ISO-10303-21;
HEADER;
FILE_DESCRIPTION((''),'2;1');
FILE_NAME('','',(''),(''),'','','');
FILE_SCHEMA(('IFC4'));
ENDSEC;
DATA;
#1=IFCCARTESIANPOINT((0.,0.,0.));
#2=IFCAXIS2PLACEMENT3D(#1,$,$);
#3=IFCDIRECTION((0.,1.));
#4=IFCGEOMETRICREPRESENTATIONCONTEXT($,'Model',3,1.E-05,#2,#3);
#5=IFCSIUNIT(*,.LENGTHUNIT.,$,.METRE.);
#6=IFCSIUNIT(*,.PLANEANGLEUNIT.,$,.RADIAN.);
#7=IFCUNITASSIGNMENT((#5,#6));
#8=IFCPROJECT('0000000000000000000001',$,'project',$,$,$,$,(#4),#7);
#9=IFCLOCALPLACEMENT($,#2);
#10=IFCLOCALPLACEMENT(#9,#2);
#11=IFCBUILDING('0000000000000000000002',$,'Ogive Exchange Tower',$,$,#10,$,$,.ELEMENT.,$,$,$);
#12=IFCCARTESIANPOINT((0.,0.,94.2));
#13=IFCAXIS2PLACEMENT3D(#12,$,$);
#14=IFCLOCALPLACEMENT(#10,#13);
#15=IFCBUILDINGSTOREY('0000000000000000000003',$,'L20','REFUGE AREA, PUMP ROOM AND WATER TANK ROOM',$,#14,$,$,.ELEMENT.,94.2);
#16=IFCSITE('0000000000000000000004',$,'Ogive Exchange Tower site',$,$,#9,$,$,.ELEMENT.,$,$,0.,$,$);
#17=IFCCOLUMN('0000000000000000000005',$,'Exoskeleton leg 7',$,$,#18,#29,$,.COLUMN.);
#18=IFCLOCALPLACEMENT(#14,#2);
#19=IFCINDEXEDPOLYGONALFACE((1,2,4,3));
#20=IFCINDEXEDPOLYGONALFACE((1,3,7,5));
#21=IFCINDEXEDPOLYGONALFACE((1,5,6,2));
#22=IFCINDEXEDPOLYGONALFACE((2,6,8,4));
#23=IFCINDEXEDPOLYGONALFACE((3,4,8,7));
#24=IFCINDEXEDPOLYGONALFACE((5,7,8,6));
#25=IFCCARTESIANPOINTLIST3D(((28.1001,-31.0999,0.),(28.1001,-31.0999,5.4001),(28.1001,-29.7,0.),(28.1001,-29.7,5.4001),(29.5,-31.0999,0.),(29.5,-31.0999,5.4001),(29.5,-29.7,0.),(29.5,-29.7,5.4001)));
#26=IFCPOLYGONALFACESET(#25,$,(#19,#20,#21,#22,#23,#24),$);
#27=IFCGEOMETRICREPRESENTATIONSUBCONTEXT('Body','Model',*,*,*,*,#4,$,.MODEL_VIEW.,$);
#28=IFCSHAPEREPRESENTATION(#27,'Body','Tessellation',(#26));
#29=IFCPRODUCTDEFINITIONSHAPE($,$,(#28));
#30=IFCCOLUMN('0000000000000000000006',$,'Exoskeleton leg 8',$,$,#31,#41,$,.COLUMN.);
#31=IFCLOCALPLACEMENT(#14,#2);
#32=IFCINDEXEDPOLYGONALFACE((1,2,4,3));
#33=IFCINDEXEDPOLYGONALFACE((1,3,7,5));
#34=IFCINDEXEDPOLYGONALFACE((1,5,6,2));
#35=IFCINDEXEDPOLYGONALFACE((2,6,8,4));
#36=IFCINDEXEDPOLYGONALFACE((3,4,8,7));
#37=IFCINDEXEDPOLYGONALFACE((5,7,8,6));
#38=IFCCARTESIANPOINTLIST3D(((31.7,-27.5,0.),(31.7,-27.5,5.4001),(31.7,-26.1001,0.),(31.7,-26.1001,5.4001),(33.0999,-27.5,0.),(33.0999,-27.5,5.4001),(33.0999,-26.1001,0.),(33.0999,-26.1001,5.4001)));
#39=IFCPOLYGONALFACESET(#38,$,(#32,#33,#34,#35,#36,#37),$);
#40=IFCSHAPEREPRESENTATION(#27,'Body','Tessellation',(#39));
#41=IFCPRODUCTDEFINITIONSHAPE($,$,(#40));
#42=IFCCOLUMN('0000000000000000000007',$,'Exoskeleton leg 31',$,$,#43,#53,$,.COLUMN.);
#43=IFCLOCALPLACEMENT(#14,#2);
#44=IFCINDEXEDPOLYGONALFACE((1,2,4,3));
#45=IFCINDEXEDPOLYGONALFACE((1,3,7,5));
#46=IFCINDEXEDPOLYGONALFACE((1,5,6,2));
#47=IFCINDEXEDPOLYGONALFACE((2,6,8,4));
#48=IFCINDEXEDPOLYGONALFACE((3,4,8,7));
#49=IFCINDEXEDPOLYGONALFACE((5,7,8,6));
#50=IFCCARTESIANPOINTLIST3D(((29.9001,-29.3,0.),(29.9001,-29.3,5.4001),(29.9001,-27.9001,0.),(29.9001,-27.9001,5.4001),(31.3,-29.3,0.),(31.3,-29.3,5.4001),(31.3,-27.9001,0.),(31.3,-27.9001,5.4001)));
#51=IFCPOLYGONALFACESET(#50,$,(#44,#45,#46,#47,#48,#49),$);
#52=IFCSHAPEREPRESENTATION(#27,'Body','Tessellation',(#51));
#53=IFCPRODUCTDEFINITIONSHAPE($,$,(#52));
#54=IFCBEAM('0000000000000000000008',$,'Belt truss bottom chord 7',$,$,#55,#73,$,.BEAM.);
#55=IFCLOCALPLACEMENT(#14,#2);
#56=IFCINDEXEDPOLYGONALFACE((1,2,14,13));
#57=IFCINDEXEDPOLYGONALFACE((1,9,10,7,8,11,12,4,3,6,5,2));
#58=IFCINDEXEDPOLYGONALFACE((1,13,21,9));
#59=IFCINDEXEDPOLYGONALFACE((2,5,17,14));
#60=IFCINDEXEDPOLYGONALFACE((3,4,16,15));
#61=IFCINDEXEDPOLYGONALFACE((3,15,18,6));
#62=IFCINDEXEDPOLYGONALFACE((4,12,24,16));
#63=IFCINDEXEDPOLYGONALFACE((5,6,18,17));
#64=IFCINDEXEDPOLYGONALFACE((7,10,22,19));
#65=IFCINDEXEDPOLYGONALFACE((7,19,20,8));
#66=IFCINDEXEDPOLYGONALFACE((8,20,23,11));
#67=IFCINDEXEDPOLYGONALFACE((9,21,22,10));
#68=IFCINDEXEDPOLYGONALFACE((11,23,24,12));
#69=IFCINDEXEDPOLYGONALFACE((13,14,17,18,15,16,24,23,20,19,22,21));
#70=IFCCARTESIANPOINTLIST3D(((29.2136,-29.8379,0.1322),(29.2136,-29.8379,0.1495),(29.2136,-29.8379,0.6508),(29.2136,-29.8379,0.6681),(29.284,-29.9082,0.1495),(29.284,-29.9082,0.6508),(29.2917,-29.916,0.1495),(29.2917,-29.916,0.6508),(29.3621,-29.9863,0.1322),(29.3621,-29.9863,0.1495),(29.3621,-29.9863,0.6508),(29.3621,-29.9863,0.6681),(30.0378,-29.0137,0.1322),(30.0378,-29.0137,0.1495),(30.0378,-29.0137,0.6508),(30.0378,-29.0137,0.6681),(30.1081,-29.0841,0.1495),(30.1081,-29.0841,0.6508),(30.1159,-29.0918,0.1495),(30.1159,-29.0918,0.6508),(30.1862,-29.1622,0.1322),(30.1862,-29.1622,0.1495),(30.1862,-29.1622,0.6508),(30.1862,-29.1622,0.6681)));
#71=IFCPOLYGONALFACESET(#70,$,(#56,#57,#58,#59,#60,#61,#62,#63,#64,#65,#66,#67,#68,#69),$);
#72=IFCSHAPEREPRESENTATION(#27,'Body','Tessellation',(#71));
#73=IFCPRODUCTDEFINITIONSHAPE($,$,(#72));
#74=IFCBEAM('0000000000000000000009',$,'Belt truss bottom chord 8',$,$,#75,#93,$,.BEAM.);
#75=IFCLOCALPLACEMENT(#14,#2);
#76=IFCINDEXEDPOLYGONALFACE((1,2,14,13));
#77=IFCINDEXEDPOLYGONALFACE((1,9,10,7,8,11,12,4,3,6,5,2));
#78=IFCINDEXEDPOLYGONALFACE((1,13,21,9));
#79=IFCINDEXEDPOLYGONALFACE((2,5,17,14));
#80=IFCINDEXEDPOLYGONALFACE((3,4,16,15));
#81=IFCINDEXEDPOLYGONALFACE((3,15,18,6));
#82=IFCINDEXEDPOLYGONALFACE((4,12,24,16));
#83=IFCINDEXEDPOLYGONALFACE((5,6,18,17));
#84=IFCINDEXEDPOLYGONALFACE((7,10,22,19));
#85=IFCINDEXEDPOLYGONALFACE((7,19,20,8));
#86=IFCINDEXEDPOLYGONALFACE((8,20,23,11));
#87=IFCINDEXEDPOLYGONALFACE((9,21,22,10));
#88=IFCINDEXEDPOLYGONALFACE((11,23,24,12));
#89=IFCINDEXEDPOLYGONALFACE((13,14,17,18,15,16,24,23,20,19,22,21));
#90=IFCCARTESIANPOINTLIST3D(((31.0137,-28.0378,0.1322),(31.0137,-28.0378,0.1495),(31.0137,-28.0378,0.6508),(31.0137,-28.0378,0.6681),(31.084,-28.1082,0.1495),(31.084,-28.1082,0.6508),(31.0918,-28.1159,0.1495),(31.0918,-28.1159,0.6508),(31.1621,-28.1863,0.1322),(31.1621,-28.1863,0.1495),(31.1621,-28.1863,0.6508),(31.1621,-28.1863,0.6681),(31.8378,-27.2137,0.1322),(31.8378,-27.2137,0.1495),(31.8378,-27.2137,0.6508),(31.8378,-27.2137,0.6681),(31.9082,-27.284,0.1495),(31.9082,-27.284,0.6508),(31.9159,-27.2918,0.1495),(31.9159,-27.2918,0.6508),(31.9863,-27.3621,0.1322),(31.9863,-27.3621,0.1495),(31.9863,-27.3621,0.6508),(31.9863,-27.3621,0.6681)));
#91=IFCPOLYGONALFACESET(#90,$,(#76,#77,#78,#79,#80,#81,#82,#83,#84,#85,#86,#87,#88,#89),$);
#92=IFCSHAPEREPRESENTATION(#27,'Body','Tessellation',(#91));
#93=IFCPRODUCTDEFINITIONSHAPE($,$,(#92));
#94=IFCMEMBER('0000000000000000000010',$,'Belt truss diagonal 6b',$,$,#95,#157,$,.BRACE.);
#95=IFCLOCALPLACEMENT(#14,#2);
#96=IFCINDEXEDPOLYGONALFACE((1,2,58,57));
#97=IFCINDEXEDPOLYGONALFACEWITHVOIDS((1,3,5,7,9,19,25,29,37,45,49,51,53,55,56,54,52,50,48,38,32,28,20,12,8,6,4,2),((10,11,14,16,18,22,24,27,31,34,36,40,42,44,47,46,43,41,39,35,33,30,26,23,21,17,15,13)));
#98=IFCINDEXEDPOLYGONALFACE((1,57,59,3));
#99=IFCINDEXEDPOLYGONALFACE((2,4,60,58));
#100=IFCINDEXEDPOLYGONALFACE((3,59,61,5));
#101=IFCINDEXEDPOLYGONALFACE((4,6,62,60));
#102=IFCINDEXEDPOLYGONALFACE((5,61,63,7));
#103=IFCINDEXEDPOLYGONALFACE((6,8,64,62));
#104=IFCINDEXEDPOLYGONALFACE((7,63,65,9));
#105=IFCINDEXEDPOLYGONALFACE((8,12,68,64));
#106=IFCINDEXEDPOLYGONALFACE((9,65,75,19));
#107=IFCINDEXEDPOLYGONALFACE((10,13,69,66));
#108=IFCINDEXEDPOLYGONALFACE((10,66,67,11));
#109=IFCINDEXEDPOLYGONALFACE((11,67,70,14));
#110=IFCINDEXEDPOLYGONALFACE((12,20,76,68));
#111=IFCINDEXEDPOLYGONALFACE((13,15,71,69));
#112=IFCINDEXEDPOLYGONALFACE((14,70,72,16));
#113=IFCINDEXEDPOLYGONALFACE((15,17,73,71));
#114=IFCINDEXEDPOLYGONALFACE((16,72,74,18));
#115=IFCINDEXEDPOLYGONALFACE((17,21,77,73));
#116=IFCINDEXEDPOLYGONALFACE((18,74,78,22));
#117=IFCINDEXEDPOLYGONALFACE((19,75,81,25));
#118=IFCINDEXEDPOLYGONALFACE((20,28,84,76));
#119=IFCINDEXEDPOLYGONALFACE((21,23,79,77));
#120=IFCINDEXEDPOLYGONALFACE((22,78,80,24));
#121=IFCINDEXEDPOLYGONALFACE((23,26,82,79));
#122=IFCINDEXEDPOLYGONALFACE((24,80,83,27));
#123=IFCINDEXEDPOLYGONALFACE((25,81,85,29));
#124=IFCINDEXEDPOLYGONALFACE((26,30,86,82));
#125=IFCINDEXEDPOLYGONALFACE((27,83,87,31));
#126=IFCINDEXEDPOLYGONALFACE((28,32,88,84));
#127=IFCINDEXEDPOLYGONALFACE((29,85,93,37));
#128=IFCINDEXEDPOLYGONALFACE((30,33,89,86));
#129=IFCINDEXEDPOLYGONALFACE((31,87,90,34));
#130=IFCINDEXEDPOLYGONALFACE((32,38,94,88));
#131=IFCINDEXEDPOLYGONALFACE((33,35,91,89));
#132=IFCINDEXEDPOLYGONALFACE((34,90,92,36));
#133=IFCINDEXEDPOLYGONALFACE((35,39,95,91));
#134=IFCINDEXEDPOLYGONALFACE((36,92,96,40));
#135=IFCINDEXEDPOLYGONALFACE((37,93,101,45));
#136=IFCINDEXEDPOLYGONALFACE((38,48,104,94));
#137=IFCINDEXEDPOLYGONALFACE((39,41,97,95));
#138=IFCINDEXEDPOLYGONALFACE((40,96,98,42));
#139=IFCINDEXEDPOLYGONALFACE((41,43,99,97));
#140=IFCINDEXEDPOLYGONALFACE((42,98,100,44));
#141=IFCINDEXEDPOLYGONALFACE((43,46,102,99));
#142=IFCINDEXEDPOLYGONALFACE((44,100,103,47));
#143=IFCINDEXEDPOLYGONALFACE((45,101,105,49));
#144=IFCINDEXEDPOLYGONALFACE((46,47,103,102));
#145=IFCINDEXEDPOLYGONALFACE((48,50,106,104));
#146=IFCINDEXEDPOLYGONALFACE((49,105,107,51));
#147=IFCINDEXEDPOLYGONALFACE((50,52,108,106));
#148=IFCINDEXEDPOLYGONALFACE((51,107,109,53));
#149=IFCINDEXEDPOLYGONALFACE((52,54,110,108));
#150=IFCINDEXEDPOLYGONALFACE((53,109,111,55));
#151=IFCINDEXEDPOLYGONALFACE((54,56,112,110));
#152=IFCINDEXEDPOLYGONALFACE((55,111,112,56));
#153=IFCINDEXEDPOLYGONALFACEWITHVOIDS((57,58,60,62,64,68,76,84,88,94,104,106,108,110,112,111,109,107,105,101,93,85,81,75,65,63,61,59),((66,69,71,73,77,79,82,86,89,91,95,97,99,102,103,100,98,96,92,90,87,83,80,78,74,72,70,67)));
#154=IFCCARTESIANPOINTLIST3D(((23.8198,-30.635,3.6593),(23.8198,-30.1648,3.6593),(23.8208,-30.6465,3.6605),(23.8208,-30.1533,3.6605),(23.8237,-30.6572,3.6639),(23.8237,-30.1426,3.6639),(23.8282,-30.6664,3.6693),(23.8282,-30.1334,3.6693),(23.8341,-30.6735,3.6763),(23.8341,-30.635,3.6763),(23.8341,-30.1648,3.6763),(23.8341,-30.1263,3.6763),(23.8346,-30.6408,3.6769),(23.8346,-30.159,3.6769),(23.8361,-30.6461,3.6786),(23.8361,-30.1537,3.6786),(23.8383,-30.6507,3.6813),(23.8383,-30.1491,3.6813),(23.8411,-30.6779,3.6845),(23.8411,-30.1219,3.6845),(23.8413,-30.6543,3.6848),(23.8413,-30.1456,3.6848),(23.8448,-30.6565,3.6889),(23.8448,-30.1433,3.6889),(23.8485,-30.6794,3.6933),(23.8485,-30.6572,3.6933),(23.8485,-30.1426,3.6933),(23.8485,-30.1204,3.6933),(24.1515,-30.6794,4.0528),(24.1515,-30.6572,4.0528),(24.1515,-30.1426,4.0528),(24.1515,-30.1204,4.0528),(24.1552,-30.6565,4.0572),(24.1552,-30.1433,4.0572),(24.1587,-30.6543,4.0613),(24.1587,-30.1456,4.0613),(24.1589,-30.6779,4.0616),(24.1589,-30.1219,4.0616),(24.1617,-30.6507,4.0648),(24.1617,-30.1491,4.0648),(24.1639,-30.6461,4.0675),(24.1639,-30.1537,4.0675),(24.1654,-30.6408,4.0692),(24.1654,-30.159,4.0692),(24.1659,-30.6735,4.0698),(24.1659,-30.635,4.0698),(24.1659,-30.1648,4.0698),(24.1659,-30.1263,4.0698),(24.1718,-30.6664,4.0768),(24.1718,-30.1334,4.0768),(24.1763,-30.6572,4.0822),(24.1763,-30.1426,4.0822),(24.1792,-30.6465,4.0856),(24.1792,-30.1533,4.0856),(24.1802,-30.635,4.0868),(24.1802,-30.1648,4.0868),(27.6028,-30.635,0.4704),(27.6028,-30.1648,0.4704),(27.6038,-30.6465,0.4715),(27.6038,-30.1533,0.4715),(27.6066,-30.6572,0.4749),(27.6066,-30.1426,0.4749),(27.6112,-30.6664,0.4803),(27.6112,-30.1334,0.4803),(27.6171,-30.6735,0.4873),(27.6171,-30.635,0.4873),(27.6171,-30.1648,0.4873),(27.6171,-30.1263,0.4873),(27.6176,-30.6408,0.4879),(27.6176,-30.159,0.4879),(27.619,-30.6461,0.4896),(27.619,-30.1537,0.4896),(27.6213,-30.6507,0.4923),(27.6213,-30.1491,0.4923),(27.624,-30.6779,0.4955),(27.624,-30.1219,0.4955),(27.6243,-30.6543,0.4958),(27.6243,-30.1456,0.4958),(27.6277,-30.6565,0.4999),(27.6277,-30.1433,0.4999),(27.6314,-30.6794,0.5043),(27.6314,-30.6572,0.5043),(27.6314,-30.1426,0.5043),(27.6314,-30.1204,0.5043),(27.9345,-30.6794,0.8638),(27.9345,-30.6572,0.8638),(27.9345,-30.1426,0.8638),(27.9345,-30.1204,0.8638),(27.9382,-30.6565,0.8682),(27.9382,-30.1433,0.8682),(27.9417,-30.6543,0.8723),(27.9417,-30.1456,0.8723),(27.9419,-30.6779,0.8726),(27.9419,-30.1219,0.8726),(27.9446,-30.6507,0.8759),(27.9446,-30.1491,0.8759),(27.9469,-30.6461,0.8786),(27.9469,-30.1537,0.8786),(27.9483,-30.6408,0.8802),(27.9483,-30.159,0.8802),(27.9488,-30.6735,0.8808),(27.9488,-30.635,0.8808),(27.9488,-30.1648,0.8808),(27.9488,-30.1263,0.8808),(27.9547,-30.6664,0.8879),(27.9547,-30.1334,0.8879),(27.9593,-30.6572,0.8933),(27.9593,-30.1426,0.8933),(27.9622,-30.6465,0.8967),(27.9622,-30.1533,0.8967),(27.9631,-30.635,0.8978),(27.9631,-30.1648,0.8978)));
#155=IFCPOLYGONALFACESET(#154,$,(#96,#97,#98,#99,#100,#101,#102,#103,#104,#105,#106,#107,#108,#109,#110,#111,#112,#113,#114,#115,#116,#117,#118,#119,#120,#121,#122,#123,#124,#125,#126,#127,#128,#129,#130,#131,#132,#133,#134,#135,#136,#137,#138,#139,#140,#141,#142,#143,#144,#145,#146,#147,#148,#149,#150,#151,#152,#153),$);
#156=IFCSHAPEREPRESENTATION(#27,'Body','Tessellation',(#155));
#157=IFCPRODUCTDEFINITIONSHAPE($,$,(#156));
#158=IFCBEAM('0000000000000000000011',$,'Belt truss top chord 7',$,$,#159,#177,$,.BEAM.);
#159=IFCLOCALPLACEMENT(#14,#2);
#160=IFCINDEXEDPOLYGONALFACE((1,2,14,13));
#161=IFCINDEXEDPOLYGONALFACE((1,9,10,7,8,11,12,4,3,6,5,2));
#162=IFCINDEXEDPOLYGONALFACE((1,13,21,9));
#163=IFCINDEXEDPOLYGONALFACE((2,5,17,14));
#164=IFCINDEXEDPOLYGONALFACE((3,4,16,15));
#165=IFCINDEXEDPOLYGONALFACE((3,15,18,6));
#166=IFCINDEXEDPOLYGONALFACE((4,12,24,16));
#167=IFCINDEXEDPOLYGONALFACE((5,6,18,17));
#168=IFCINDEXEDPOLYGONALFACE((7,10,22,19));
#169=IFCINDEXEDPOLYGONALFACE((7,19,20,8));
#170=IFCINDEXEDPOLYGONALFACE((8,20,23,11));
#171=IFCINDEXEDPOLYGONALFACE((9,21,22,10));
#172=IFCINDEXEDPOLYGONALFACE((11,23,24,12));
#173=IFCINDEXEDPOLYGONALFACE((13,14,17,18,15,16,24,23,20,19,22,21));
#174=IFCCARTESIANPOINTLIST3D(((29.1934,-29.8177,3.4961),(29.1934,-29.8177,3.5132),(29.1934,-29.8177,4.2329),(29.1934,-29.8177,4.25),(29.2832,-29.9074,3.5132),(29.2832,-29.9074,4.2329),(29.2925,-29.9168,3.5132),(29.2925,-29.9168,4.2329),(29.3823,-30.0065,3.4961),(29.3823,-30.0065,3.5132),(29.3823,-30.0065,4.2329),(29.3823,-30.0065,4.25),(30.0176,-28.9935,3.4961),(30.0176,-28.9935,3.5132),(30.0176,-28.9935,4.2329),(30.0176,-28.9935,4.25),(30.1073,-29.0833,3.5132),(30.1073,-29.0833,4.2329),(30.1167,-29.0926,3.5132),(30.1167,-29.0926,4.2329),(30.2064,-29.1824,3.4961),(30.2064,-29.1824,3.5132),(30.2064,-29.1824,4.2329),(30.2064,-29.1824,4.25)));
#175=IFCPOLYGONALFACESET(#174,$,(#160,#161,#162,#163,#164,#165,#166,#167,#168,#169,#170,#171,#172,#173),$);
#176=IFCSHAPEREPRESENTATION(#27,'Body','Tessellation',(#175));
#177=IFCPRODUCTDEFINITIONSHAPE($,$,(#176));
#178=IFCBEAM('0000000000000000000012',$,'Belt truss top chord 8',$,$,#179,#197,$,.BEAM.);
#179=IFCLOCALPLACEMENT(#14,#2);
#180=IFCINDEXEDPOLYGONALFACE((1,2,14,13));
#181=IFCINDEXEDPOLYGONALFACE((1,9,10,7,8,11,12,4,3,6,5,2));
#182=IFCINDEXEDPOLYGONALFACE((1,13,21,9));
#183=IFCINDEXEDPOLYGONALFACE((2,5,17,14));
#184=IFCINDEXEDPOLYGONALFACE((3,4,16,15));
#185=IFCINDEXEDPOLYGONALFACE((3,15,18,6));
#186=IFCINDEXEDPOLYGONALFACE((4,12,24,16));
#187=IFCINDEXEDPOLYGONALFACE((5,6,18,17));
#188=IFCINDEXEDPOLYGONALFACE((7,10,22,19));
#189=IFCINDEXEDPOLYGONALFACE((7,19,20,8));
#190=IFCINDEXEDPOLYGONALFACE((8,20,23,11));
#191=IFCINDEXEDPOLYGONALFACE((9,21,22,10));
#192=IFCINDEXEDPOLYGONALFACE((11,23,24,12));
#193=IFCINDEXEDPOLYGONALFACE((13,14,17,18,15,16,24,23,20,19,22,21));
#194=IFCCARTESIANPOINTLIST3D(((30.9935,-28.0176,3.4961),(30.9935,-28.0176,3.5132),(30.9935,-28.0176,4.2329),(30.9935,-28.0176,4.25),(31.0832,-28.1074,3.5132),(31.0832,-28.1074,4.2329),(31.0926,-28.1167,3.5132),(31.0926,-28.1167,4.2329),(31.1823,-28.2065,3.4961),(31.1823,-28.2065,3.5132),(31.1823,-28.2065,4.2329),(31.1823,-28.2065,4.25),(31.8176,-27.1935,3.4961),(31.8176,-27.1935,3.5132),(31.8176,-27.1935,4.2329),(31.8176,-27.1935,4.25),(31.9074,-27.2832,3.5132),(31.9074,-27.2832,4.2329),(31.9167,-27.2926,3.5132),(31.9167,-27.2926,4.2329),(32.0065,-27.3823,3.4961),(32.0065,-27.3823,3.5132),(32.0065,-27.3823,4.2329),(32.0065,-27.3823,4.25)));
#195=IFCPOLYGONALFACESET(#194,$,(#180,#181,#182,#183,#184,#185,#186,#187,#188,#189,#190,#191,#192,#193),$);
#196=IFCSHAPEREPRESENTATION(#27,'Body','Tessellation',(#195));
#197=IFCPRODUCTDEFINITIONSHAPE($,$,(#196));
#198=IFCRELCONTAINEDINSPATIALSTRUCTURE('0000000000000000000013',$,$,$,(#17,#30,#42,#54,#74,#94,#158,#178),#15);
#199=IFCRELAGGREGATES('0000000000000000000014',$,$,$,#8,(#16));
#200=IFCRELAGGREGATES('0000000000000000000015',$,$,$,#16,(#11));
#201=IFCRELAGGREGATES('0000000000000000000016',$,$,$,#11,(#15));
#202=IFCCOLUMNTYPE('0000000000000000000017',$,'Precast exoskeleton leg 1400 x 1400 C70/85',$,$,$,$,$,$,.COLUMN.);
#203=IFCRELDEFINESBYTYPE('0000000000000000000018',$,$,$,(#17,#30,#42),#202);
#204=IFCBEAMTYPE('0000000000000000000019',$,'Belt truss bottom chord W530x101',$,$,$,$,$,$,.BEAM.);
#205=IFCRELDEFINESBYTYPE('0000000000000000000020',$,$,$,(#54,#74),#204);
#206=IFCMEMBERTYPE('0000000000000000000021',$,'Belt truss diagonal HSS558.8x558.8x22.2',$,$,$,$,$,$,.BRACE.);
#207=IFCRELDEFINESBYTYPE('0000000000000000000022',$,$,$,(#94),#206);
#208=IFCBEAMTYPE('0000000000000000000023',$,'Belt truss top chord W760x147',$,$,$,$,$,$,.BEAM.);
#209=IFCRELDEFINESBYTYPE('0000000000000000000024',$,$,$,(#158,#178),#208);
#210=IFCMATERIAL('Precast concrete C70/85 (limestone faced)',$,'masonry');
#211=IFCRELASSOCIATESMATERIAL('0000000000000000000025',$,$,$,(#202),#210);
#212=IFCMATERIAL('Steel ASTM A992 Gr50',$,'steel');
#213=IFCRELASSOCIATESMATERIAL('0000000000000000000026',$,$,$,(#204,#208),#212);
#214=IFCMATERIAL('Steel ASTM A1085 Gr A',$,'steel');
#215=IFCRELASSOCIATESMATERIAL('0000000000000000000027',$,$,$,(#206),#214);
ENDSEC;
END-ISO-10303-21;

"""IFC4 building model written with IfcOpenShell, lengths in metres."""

from ifc_helpers import new_model, si_unit, direction, frame, origin, origin_2d, place, context, subcontext, project, spatial, rectangle, hollow_rectangle, i_section, extrude, material, material_profile, profile_set, type_object, element, save


model = new_model("IFC4")

# Units and contexts
model_context = context("Model", 3, precision=1e-05, world=origin(), true_north=direction((0.0, 1.0)))
body_context = subcontext(model_context, "Body", "Model", "MODEL_VIEW")
ifc_project = project(units=[si_unit("LENGTHUNIT", "METRE"), si_unit("PLANEANGLEUNIT", "RADIAN")], contexts=[model_context])

# Site, building, storey
site_placement = place(None, origin())
site = spatial("IfcSite", under=ifc_project, at=site_placement, Name="Ogive Exchange Tower site", CompositionType="ELEMENT", RefElevation=0.0)
building_placement = place(site_placement, origin())
building = spatial("IfcBuilding", under=site, at=building_placement, Name="Ogive Exchange Tower", CompositionType="ELEMENT")
storey_placement = place(building_placement, frame((0.0, 0.0, 94.2)))
storey = spatial("IfcBuildingStorey", under=building, at=storey_placement, Name="L20", Description="REFUGE AREA, PUMP ROOM AND WATER TANK ROOM", CompositionType="ELEMENT", Elevation=94.2)

# Columns
ifc_material_1 = material(Name="Precast concrete C70/85 (limestone faced)", Category="masonry")
ifc_material_profile_1 = material_profile(ifc_material_1, rectangle(XDim=1.3999, YDim=1.3999, at=origin_2d()), Name="1400 x 1400")
ifc_profile_set_1 = profile_set([ifc_material_profile_1], Name="Precast concrete C70/85 (limestone faced)")
column_type = type_object("IfcColumnType", Name="Precast exoskeleton leg 1400 x 1400 C70/85", PredefinedType="COLUMN", material=ifc_profile_set_1)
for number, where, z_axis, x_axis, name in (
    (1, (28.8, -30.3999, 0.0), (0.0, 0.0, 1.0), (1.0, 0.0, 0.0), "Exoskeleton leg 7"),
    (2, (32.3999, -26.8, 0.0), (0.0, 0.0, 1.0), (1.0, 0.0, 0.0), "Exoskeleton leg 8"),
    (3, (30.6001, -28.6001, 0.0), (0.0, 0.0, 1.0), (1.0, 0.0, 0.0), "Exoskeleton leg 31"),
):
    element("IfcColumn", number, at=place(storey_placement, frame(where, z_axis=z_axis, x_axis=x_axis)), inside=storey, type_object=column_type, Name=name, PredefinedType="COLUMN", context=body_context, shape_type="SweptSolid", body=[
        extrude(rectangle(XDim=1.3999, YDim=1.3999, at=origin_2d()), origin(), (0.0, 0.0, 1.0), 5.4001),
    ])

# Beams
ifc_material_2 = material(Name="Steel ASTM A992 Gr50", Category="steel")
ifc_material_profile_2 = material_profile(ifc_material_2, i_section(OverallWidth=0.21, OverallDepth=0.5359, WebThickness=0.011, FlangeThickness=0.0173, at=origin_2d()), Name="W530x101")
ifc_profile_set_2 = profile_set([ifc_material_profile_2], Name="Steel ASTM A992 Gr50")
beam_type_1 = type_object("IfcBeamType", Name="Belt truss bottom chord W530x101", PredefinedType="BEAM", material=ifc_profile_set_2)
for number, where, z_axis, x_axis, name in (
    (4, (29.2878, -29.9121, 0.4001), (0.707107, 0.707107, 0.0), (-0.707107, 0.707107, 0.0), "Belt truss bottom chord 7"),
    (5, (31.0879, -28.1121, 0.4001), (0.707107, 0.707107, 0.0), (-0.707107, 0.707107, 0.0), "Belt truss bottom chord 8"),
):
    element("IfcBeam", number, at=place(storey_placement, frame(where, z_axis=z_axis, x_axis=x_axis)), inside=storey, type_object=beam_type_1, Name=name, PredefinedType="BEAM", context=body_context, shape_type="SweptSolid", body=[
        extrude(i_section(OverallWidth=0.21, OverallDepth=0.5359, WebThickness=0.011, FlangeThickness=0.0173, at=origin_2d()), origin(), (0.0, 0.0, 1.0), 1.1655),
    ])

# Member
ifc_material_3 = material(Name="Steel ASTM A1085 Gr A", Category="steel")
ifc_material_profile_3 = material_profile(ifc_material_3, hollow_rectangle(XDim=0.5591, YDim=0.5591, WallThickness=0.0222, InnerFilletRadius=0.0222, OuterFilletRadius=0.0444, at=origin_2d()), Name="HSS558.8x558.8x22.2")
ifc_profile_set_3 = profile_set([ifc_material_profile_3], Name="Steel ASTM A1085 Gr A")
member_type_1 = type_object("IfcMemberType", Name="Belt truss diagonal HSS558.8x558.8x22.2", PredefinedType="BRACE", material=ifc_profile_set_3)
member_1_placement = place(storey_placement, frame((27.783, -30.3999, 0.6841), z_axis=(-0.764581, 0.0, 0.644528), x_axis=(0.0, -1.0, 0.0)))
element("IfcMember", 6, at=member_1_placement, inside=storey, type_object=member_type_1, Name="Belt truss diagonal 6b", PredefinedType="BRACE", context=body_context, shape_type="SweptSolid", body=[
    extrude(hollow_rectangle(XDim=0.5591, YDim=0.5591, WallThickness=0.0222, InnerFilletRadius=0.0222, OuterFilletRadius=0.0444, at=origin_2d()), origin(), (0.0, 0.0, 1.0), 4.9478),
])

# Beams
ifc_material_profile_4 = material_profile(ifc_material_2, i_section(OverallWidth=0.2671, OverallDepth=0.7539, WebThickness=0.0132, FlangeThickness=0.0171, at=origin_2d()), Name="W760x147")
ifc_profile_set_4 = profile_set([ifc_material_profile_4], Name="Steel ASTM A992 Gr50")
beam_type_2 = type_object("IfcBeamType", Name="Belt truss top chord W760x147", PredefinedType="BEAM", material=ifc_profile_set_4)
for number, where, z_axis, x_axis, name in (
    (7, (29.2878, -29.9121, 3.873), (0.707107, 0.707107, 0.0), (-0.707107, 0.707107, 0.0), "Belt truss top chord 7"),
    (8, (31.0879, -28.1121, 3.873), (0.707107, 0.707107, 0.0), (-0.707107, 0.707107, 0.0), "Belt truss top chord 8"),
):
    element("IfcBeam", number, at=place(storey_placement, frame(where, z_axis=z_axis, x_axis=x_axis)), inside=storey, type_object=beam_type_2, Name=name, PredefinedType="BEAM", context=body_context, shape_type="SweptSolid", body=[
        extrude(i_section(OverallWidth=0.2671, OverallDepth=0.7539, WebThickness=0.0132, FlangeThickness=0.0171, at=origin_2d()), origin(), (0.0, 0.0, 1.0), 1.1655),
    ])

save(model, "model.ifc")
